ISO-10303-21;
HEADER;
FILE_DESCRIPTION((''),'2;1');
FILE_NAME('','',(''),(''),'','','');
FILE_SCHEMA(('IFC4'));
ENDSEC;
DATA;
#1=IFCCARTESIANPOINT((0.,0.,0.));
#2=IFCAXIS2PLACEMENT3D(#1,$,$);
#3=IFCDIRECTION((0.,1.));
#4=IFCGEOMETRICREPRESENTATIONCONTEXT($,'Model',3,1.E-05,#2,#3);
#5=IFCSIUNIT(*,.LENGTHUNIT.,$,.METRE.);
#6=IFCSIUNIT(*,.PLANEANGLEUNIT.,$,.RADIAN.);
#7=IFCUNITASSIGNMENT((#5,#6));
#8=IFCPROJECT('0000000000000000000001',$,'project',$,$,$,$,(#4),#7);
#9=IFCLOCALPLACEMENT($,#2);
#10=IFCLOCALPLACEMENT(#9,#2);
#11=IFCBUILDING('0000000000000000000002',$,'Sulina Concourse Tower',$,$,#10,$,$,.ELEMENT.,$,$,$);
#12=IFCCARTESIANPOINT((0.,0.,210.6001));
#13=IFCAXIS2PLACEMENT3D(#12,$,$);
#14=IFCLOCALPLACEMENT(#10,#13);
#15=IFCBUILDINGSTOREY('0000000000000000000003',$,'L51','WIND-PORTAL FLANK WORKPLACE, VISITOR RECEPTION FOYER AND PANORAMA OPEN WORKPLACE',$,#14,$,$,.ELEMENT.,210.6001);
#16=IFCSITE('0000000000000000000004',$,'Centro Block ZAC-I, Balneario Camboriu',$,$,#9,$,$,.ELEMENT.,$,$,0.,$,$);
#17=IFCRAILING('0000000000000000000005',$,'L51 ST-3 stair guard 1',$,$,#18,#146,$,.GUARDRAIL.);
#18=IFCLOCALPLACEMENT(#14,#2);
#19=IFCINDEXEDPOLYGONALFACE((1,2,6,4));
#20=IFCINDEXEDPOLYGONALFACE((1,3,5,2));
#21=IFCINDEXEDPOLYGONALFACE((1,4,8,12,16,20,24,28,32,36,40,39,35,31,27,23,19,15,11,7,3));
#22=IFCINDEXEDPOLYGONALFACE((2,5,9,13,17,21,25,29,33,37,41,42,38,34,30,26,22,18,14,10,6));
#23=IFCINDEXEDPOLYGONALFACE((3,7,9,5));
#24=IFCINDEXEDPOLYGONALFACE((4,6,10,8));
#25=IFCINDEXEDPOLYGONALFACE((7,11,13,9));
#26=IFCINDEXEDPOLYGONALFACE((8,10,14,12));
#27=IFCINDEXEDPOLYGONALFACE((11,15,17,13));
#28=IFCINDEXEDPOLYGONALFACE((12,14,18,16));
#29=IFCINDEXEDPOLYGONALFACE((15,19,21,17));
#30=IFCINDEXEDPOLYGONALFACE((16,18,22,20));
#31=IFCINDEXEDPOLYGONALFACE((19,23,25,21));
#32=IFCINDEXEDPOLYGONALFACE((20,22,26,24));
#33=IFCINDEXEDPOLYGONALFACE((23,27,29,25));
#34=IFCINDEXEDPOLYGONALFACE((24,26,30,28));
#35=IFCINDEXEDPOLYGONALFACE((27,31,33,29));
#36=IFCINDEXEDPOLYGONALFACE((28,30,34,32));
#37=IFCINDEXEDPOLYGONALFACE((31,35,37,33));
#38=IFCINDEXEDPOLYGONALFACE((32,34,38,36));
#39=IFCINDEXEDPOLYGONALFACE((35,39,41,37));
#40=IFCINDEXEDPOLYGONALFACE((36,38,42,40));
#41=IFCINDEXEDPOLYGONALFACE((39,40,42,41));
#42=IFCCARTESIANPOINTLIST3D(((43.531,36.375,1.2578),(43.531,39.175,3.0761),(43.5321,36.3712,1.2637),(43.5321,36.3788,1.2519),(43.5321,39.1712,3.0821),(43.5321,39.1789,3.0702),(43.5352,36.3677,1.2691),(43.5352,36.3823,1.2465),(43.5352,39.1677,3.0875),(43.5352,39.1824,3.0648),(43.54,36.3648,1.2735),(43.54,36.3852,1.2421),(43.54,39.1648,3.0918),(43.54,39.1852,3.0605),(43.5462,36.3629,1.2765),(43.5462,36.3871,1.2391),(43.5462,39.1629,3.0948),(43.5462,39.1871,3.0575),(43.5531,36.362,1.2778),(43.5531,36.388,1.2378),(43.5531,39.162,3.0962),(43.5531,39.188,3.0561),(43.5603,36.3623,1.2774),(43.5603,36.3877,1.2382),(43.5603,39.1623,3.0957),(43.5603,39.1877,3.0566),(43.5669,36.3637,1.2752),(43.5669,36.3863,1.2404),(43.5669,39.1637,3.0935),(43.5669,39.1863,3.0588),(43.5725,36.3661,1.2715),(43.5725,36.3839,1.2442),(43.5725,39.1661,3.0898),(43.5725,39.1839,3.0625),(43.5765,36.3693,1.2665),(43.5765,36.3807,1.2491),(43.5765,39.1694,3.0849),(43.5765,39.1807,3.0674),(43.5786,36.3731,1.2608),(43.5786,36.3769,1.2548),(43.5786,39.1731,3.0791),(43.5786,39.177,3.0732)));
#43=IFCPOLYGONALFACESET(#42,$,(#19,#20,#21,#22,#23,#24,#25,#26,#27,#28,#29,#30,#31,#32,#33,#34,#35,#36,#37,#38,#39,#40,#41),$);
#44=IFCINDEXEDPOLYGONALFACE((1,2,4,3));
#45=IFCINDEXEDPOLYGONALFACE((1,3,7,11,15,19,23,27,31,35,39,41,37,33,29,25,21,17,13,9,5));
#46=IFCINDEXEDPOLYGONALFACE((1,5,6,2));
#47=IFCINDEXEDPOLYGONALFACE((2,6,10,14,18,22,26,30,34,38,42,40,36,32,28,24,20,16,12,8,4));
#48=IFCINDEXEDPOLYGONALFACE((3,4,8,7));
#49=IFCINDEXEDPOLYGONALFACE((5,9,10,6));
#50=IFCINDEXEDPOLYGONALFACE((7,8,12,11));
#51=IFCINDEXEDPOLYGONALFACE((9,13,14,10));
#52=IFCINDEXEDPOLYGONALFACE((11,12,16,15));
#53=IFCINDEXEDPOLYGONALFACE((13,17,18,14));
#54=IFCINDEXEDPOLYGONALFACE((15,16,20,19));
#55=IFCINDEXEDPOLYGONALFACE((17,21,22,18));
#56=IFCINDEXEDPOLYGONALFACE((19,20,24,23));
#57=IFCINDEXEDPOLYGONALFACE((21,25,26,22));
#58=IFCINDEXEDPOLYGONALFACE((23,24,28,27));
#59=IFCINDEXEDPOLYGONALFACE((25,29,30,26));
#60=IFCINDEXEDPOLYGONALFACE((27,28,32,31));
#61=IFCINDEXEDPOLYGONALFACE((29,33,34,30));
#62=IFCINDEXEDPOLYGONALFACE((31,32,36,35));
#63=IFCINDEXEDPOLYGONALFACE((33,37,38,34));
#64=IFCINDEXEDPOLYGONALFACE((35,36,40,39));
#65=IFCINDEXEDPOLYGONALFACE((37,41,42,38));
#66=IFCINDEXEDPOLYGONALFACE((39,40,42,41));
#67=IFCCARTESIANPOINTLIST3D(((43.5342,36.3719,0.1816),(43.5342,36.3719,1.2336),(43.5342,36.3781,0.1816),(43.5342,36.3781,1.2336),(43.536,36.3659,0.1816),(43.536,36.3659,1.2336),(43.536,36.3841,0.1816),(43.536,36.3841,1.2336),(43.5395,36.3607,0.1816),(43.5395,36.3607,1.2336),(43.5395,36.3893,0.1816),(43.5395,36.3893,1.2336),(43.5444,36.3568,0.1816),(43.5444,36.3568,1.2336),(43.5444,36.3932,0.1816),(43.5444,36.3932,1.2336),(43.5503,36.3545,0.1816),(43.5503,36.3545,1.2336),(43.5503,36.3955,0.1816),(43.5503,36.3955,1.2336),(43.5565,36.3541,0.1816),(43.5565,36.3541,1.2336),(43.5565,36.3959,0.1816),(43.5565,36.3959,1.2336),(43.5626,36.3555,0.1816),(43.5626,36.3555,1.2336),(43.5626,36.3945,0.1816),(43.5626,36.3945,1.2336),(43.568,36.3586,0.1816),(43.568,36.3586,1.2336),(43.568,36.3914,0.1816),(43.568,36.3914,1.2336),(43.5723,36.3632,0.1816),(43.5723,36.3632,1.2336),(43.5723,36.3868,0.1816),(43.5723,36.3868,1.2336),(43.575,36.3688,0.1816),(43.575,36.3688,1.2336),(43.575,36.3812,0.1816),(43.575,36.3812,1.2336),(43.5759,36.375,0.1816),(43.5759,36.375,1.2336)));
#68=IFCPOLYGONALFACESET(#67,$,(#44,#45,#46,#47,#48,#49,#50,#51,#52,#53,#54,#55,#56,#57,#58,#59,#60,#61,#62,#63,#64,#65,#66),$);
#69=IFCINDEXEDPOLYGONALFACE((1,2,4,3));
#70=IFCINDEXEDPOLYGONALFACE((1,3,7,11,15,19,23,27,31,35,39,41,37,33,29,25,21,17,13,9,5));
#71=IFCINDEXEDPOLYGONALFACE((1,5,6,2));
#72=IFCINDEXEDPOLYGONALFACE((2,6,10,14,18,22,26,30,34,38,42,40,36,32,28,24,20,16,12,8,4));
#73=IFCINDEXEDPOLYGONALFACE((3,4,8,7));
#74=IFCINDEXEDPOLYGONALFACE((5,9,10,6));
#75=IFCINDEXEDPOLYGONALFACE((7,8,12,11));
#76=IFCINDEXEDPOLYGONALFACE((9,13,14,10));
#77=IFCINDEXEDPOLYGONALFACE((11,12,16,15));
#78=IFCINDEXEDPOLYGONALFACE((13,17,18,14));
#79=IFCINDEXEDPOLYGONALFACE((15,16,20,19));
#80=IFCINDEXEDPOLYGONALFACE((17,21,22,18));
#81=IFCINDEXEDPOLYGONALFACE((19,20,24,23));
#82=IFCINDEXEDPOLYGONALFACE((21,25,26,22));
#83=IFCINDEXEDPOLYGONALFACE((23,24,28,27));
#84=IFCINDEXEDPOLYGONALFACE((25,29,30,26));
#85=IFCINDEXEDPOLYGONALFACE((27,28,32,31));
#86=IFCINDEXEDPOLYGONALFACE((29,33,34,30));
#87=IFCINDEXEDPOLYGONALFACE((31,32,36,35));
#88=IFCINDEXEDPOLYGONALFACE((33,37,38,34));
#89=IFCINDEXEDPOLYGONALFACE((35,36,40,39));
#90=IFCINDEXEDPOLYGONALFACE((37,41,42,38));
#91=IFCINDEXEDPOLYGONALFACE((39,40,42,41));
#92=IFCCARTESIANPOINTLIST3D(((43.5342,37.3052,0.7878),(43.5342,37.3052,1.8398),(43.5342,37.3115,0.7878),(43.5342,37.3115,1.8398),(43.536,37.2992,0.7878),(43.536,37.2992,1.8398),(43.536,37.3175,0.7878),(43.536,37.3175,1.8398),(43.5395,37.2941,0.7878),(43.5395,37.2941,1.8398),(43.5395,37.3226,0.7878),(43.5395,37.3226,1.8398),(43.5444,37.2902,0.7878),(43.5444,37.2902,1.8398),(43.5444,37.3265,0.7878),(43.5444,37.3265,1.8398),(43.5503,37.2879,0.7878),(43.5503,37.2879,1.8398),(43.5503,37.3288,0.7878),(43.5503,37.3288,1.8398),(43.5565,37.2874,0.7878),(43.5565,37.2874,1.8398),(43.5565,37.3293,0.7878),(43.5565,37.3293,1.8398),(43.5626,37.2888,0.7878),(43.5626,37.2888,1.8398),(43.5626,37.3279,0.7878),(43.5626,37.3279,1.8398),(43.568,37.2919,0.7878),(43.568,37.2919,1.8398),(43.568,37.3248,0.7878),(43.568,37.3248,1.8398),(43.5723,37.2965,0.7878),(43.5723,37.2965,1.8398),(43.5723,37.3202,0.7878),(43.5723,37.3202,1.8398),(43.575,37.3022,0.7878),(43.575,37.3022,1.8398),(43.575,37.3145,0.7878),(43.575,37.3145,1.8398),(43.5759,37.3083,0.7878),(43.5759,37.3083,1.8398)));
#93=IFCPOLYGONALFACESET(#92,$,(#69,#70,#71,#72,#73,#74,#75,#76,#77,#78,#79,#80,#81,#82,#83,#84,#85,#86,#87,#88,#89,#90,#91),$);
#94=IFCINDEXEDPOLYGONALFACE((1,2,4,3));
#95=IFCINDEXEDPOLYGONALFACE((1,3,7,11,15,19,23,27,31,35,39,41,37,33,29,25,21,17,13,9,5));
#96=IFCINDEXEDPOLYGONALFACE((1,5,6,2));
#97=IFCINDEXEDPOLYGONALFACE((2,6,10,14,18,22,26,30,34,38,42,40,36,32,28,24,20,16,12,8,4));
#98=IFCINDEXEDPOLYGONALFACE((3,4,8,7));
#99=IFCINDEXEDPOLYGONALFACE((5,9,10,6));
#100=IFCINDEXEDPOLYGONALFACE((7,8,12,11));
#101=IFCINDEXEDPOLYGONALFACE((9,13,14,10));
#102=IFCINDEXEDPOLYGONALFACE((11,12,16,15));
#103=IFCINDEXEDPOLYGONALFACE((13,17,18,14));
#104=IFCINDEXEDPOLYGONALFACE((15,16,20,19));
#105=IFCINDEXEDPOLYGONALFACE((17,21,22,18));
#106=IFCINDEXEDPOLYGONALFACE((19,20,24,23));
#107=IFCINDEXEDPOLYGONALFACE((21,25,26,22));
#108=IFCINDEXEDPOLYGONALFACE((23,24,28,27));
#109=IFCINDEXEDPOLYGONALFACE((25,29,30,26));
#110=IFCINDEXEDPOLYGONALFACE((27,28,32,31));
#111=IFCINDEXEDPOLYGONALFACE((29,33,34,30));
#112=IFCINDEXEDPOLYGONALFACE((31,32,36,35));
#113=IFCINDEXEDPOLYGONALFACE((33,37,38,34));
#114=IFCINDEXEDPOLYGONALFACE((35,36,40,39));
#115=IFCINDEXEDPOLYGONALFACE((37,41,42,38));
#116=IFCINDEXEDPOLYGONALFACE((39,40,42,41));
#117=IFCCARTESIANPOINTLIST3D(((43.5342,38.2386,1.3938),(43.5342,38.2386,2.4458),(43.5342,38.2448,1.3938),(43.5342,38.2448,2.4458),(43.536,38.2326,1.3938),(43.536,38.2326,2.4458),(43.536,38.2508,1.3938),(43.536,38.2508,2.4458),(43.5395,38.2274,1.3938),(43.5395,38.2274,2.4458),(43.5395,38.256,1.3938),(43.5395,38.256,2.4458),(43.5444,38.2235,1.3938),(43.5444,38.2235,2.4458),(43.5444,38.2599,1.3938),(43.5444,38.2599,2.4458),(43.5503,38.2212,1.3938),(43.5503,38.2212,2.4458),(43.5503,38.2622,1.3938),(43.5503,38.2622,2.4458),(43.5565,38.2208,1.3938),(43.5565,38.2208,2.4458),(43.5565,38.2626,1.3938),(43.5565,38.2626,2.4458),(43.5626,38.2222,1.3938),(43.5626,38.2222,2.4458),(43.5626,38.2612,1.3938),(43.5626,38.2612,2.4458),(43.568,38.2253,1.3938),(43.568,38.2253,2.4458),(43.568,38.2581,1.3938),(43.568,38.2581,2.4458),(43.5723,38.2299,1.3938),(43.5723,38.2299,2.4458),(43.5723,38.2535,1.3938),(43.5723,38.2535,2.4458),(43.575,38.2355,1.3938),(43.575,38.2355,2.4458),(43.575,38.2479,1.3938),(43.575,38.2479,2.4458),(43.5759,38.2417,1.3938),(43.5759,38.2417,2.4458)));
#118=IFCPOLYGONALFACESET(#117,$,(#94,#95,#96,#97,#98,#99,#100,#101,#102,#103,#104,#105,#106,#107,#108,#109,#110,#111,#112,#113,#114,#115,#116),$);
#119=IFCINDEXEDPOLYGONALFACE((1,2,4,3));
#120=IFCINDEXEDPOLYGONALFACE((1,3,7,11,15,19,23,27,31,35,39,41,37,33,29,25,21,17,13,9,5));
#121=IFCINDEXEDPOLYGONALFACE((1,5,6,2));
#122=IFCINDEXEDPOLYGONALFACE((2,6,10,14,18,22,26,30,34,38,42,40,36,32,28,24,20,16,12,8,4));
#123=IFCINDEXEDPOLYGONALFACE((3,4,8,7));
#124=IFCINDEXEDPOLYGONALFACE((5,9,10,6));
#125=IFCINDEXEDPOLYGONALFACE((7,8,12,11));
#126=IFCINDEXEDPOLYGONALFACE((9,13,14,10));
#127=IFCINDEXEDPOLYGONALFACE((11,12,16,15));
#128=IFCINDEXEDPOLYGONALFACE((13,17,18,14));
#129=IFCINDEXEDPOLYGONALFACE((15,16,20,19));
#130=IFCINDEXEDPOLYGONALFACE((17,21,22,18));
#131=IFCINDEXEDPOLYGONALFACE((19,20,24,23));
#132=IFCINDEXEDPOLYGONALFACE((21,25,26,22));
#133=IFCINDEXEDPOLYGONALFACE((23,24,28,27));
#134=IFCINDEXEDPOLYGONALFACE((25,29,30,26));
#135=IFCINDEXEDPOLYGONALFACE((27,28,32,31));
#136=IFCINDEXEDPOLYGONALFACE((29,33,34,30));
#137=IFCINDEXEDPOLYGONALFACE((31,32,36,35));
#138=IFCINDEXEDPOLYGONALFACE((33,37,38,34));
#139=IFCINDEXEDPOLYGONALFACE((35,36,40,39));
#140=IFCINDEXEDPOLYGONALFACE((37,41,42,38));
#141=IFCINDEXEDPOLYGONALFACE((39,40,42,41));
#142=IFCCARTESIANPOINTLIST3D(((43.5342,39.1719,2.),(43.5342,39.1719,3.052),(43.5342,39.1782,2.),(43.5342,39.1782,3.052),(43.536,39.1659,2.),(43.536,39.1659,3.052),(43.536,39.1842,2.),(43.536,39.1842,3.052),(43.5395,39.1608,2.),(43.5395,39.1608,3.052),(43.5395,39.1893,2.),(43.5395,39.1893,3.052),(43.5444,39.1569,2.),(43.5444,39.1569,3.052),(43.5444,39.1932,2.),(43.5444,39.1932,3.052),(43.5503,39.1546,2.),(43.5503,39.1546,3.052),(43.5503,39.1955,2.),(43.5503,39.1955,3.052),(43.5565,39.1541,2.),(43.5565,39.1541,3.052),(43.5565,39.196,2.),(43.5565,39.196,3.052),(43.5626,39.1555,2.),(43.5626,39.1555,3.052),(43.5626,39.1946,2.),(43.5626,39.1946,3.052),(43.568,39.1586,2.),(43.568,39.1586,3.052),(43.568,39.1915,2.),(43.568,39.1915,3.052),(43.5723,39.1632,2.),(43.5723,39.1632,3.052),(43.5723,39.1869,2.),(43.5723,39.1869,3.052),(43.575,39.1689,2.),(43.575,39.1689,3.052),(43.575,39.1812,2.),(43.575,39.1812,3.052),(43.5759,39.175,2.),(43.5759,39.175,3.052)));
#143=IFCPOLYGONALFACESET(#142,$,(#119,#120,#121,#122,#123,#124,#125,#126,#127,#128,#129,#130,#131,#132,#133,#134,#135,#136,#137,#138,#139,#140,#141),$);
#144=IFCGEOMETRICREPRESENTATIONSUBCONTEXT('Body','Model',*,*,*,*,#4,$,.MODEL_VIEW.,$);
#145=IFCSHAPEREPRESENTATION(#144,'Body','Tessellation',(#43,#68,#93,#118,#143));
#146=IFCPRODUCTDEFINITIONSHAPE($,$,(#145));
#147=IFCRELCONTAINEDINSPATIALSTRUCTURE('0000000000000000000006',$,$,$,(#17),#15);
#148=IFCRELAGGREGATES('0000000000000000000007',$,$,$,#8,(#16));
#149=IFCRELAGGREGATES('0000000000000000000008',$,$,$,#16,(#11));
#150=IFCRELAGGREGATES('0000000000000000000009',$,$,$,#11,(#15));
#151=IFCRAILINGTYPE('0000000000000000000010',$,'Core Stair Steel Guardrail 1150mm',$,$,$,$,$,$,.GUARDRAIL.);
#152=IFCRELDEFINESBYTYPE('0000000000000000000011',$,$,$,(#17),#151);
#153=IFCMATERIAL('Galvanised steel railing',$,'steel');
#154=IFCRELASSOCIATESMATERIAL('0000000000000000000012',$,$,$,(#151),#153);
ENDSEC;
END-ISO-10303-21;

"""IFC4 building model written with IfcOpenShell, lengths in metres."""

from ifc_helpers import new_model, si_unit, direction, frame, origin, origin_2d, place, context, subcontext, project, spatial, circle, extrude, material, type_object, element, save


model = new_model("IFC4")

# Units and contexts
model_context = context("Model", 3, precision=1e-05, world=origin(), true_north=direction((0.0, 1.0)))
body_context = subcontext(model_context, "Body", "Model", "MODEL_VIEW")
ifc_project = project(units=[si_unit("LENGTHUNIT", "METRE"), si_unit("PLANEANGLEUNIT", "RADIAN")], contexts=[model_context])

# Site, building, storey
site_placement = place(None, origin())
site = spatial("IfcSite", under=ifc_project, at=site_placement, Name="Centro Block ZAC-I, Balneario Camboriu", CompositionType="ELEMENT", RefElevation=0.0)
building_placement = place(site_placement, origin())
building = spatial("IfcBuilding", under=site, at=building_placement, Name="Sulina Concourse Tower", CompositionType="ELEMENT")
storey_placement = place(building_placement, frame((0.0, 0.0, 210.6001)))
storey = spatial("IfcBuildingStorey", under=building, at=storey_placement, Name="L51", Description="WIND-PORTAL FLANK WORKPLACE, VISITOR RECEPTION FOYER AND PANORAMA OPEN WORKPLACE", CompositionType="ELEMENT", Elevation=210.6001)

# Railing
ifc_material_1 = material(Name="Galvanised steel railing", Category="steel")
railing_type_1 = type_object("IfcRailingType", Name="Core Stair Steel Guardrail 1150mm", PredefinedType="GUARDRAIL", material=ifc_material_1)
railing_1_placement = place(storey_placement, frame((43.5549, 36.375, 0.1816)))
element("IfcRailing", 1, at=railing_1_placement, inside=storey, type_object=railing_type_1, Name="L51 ST-3 stair guard 1", PredefinedType="GUARDRAIL", context=body_context, shape_type="SweptSolid", body=[
    extrude(circle(Radius=0.0239, at=origin_2d()), frame((0.0, 0.0, 1.0762), z_axis=(0.0, 0.838672, 0.544636), x_axis=(-1.0, 0.0, 0.0)), (0.0, 0.0, 1.0), 3.3386),
    extrude(circle(Radius=0.021, at=origin_2d()), origin(), (0.0, 0.0, 1.0), 1.052),
    extrude(circle(Radius=0.021, at=origin_2d()), frame((0.0, 0.9333, 0.6062)), (0.0, 0.0, 1.0), 1.052),
    extrude(circle(Radius=0.021, at=origin_2d()), frame((0.0, 1.8667, 1.2122)), (0.0, 0.0, 1.0), 1.052),
    extrude(circle(Radius=0.021, at=origin_2d()), frame((0.0, 2.8, 1.8184)), (0.0, 0.0, 1.0), 1.052),
])

save(model, "model.ifc")
